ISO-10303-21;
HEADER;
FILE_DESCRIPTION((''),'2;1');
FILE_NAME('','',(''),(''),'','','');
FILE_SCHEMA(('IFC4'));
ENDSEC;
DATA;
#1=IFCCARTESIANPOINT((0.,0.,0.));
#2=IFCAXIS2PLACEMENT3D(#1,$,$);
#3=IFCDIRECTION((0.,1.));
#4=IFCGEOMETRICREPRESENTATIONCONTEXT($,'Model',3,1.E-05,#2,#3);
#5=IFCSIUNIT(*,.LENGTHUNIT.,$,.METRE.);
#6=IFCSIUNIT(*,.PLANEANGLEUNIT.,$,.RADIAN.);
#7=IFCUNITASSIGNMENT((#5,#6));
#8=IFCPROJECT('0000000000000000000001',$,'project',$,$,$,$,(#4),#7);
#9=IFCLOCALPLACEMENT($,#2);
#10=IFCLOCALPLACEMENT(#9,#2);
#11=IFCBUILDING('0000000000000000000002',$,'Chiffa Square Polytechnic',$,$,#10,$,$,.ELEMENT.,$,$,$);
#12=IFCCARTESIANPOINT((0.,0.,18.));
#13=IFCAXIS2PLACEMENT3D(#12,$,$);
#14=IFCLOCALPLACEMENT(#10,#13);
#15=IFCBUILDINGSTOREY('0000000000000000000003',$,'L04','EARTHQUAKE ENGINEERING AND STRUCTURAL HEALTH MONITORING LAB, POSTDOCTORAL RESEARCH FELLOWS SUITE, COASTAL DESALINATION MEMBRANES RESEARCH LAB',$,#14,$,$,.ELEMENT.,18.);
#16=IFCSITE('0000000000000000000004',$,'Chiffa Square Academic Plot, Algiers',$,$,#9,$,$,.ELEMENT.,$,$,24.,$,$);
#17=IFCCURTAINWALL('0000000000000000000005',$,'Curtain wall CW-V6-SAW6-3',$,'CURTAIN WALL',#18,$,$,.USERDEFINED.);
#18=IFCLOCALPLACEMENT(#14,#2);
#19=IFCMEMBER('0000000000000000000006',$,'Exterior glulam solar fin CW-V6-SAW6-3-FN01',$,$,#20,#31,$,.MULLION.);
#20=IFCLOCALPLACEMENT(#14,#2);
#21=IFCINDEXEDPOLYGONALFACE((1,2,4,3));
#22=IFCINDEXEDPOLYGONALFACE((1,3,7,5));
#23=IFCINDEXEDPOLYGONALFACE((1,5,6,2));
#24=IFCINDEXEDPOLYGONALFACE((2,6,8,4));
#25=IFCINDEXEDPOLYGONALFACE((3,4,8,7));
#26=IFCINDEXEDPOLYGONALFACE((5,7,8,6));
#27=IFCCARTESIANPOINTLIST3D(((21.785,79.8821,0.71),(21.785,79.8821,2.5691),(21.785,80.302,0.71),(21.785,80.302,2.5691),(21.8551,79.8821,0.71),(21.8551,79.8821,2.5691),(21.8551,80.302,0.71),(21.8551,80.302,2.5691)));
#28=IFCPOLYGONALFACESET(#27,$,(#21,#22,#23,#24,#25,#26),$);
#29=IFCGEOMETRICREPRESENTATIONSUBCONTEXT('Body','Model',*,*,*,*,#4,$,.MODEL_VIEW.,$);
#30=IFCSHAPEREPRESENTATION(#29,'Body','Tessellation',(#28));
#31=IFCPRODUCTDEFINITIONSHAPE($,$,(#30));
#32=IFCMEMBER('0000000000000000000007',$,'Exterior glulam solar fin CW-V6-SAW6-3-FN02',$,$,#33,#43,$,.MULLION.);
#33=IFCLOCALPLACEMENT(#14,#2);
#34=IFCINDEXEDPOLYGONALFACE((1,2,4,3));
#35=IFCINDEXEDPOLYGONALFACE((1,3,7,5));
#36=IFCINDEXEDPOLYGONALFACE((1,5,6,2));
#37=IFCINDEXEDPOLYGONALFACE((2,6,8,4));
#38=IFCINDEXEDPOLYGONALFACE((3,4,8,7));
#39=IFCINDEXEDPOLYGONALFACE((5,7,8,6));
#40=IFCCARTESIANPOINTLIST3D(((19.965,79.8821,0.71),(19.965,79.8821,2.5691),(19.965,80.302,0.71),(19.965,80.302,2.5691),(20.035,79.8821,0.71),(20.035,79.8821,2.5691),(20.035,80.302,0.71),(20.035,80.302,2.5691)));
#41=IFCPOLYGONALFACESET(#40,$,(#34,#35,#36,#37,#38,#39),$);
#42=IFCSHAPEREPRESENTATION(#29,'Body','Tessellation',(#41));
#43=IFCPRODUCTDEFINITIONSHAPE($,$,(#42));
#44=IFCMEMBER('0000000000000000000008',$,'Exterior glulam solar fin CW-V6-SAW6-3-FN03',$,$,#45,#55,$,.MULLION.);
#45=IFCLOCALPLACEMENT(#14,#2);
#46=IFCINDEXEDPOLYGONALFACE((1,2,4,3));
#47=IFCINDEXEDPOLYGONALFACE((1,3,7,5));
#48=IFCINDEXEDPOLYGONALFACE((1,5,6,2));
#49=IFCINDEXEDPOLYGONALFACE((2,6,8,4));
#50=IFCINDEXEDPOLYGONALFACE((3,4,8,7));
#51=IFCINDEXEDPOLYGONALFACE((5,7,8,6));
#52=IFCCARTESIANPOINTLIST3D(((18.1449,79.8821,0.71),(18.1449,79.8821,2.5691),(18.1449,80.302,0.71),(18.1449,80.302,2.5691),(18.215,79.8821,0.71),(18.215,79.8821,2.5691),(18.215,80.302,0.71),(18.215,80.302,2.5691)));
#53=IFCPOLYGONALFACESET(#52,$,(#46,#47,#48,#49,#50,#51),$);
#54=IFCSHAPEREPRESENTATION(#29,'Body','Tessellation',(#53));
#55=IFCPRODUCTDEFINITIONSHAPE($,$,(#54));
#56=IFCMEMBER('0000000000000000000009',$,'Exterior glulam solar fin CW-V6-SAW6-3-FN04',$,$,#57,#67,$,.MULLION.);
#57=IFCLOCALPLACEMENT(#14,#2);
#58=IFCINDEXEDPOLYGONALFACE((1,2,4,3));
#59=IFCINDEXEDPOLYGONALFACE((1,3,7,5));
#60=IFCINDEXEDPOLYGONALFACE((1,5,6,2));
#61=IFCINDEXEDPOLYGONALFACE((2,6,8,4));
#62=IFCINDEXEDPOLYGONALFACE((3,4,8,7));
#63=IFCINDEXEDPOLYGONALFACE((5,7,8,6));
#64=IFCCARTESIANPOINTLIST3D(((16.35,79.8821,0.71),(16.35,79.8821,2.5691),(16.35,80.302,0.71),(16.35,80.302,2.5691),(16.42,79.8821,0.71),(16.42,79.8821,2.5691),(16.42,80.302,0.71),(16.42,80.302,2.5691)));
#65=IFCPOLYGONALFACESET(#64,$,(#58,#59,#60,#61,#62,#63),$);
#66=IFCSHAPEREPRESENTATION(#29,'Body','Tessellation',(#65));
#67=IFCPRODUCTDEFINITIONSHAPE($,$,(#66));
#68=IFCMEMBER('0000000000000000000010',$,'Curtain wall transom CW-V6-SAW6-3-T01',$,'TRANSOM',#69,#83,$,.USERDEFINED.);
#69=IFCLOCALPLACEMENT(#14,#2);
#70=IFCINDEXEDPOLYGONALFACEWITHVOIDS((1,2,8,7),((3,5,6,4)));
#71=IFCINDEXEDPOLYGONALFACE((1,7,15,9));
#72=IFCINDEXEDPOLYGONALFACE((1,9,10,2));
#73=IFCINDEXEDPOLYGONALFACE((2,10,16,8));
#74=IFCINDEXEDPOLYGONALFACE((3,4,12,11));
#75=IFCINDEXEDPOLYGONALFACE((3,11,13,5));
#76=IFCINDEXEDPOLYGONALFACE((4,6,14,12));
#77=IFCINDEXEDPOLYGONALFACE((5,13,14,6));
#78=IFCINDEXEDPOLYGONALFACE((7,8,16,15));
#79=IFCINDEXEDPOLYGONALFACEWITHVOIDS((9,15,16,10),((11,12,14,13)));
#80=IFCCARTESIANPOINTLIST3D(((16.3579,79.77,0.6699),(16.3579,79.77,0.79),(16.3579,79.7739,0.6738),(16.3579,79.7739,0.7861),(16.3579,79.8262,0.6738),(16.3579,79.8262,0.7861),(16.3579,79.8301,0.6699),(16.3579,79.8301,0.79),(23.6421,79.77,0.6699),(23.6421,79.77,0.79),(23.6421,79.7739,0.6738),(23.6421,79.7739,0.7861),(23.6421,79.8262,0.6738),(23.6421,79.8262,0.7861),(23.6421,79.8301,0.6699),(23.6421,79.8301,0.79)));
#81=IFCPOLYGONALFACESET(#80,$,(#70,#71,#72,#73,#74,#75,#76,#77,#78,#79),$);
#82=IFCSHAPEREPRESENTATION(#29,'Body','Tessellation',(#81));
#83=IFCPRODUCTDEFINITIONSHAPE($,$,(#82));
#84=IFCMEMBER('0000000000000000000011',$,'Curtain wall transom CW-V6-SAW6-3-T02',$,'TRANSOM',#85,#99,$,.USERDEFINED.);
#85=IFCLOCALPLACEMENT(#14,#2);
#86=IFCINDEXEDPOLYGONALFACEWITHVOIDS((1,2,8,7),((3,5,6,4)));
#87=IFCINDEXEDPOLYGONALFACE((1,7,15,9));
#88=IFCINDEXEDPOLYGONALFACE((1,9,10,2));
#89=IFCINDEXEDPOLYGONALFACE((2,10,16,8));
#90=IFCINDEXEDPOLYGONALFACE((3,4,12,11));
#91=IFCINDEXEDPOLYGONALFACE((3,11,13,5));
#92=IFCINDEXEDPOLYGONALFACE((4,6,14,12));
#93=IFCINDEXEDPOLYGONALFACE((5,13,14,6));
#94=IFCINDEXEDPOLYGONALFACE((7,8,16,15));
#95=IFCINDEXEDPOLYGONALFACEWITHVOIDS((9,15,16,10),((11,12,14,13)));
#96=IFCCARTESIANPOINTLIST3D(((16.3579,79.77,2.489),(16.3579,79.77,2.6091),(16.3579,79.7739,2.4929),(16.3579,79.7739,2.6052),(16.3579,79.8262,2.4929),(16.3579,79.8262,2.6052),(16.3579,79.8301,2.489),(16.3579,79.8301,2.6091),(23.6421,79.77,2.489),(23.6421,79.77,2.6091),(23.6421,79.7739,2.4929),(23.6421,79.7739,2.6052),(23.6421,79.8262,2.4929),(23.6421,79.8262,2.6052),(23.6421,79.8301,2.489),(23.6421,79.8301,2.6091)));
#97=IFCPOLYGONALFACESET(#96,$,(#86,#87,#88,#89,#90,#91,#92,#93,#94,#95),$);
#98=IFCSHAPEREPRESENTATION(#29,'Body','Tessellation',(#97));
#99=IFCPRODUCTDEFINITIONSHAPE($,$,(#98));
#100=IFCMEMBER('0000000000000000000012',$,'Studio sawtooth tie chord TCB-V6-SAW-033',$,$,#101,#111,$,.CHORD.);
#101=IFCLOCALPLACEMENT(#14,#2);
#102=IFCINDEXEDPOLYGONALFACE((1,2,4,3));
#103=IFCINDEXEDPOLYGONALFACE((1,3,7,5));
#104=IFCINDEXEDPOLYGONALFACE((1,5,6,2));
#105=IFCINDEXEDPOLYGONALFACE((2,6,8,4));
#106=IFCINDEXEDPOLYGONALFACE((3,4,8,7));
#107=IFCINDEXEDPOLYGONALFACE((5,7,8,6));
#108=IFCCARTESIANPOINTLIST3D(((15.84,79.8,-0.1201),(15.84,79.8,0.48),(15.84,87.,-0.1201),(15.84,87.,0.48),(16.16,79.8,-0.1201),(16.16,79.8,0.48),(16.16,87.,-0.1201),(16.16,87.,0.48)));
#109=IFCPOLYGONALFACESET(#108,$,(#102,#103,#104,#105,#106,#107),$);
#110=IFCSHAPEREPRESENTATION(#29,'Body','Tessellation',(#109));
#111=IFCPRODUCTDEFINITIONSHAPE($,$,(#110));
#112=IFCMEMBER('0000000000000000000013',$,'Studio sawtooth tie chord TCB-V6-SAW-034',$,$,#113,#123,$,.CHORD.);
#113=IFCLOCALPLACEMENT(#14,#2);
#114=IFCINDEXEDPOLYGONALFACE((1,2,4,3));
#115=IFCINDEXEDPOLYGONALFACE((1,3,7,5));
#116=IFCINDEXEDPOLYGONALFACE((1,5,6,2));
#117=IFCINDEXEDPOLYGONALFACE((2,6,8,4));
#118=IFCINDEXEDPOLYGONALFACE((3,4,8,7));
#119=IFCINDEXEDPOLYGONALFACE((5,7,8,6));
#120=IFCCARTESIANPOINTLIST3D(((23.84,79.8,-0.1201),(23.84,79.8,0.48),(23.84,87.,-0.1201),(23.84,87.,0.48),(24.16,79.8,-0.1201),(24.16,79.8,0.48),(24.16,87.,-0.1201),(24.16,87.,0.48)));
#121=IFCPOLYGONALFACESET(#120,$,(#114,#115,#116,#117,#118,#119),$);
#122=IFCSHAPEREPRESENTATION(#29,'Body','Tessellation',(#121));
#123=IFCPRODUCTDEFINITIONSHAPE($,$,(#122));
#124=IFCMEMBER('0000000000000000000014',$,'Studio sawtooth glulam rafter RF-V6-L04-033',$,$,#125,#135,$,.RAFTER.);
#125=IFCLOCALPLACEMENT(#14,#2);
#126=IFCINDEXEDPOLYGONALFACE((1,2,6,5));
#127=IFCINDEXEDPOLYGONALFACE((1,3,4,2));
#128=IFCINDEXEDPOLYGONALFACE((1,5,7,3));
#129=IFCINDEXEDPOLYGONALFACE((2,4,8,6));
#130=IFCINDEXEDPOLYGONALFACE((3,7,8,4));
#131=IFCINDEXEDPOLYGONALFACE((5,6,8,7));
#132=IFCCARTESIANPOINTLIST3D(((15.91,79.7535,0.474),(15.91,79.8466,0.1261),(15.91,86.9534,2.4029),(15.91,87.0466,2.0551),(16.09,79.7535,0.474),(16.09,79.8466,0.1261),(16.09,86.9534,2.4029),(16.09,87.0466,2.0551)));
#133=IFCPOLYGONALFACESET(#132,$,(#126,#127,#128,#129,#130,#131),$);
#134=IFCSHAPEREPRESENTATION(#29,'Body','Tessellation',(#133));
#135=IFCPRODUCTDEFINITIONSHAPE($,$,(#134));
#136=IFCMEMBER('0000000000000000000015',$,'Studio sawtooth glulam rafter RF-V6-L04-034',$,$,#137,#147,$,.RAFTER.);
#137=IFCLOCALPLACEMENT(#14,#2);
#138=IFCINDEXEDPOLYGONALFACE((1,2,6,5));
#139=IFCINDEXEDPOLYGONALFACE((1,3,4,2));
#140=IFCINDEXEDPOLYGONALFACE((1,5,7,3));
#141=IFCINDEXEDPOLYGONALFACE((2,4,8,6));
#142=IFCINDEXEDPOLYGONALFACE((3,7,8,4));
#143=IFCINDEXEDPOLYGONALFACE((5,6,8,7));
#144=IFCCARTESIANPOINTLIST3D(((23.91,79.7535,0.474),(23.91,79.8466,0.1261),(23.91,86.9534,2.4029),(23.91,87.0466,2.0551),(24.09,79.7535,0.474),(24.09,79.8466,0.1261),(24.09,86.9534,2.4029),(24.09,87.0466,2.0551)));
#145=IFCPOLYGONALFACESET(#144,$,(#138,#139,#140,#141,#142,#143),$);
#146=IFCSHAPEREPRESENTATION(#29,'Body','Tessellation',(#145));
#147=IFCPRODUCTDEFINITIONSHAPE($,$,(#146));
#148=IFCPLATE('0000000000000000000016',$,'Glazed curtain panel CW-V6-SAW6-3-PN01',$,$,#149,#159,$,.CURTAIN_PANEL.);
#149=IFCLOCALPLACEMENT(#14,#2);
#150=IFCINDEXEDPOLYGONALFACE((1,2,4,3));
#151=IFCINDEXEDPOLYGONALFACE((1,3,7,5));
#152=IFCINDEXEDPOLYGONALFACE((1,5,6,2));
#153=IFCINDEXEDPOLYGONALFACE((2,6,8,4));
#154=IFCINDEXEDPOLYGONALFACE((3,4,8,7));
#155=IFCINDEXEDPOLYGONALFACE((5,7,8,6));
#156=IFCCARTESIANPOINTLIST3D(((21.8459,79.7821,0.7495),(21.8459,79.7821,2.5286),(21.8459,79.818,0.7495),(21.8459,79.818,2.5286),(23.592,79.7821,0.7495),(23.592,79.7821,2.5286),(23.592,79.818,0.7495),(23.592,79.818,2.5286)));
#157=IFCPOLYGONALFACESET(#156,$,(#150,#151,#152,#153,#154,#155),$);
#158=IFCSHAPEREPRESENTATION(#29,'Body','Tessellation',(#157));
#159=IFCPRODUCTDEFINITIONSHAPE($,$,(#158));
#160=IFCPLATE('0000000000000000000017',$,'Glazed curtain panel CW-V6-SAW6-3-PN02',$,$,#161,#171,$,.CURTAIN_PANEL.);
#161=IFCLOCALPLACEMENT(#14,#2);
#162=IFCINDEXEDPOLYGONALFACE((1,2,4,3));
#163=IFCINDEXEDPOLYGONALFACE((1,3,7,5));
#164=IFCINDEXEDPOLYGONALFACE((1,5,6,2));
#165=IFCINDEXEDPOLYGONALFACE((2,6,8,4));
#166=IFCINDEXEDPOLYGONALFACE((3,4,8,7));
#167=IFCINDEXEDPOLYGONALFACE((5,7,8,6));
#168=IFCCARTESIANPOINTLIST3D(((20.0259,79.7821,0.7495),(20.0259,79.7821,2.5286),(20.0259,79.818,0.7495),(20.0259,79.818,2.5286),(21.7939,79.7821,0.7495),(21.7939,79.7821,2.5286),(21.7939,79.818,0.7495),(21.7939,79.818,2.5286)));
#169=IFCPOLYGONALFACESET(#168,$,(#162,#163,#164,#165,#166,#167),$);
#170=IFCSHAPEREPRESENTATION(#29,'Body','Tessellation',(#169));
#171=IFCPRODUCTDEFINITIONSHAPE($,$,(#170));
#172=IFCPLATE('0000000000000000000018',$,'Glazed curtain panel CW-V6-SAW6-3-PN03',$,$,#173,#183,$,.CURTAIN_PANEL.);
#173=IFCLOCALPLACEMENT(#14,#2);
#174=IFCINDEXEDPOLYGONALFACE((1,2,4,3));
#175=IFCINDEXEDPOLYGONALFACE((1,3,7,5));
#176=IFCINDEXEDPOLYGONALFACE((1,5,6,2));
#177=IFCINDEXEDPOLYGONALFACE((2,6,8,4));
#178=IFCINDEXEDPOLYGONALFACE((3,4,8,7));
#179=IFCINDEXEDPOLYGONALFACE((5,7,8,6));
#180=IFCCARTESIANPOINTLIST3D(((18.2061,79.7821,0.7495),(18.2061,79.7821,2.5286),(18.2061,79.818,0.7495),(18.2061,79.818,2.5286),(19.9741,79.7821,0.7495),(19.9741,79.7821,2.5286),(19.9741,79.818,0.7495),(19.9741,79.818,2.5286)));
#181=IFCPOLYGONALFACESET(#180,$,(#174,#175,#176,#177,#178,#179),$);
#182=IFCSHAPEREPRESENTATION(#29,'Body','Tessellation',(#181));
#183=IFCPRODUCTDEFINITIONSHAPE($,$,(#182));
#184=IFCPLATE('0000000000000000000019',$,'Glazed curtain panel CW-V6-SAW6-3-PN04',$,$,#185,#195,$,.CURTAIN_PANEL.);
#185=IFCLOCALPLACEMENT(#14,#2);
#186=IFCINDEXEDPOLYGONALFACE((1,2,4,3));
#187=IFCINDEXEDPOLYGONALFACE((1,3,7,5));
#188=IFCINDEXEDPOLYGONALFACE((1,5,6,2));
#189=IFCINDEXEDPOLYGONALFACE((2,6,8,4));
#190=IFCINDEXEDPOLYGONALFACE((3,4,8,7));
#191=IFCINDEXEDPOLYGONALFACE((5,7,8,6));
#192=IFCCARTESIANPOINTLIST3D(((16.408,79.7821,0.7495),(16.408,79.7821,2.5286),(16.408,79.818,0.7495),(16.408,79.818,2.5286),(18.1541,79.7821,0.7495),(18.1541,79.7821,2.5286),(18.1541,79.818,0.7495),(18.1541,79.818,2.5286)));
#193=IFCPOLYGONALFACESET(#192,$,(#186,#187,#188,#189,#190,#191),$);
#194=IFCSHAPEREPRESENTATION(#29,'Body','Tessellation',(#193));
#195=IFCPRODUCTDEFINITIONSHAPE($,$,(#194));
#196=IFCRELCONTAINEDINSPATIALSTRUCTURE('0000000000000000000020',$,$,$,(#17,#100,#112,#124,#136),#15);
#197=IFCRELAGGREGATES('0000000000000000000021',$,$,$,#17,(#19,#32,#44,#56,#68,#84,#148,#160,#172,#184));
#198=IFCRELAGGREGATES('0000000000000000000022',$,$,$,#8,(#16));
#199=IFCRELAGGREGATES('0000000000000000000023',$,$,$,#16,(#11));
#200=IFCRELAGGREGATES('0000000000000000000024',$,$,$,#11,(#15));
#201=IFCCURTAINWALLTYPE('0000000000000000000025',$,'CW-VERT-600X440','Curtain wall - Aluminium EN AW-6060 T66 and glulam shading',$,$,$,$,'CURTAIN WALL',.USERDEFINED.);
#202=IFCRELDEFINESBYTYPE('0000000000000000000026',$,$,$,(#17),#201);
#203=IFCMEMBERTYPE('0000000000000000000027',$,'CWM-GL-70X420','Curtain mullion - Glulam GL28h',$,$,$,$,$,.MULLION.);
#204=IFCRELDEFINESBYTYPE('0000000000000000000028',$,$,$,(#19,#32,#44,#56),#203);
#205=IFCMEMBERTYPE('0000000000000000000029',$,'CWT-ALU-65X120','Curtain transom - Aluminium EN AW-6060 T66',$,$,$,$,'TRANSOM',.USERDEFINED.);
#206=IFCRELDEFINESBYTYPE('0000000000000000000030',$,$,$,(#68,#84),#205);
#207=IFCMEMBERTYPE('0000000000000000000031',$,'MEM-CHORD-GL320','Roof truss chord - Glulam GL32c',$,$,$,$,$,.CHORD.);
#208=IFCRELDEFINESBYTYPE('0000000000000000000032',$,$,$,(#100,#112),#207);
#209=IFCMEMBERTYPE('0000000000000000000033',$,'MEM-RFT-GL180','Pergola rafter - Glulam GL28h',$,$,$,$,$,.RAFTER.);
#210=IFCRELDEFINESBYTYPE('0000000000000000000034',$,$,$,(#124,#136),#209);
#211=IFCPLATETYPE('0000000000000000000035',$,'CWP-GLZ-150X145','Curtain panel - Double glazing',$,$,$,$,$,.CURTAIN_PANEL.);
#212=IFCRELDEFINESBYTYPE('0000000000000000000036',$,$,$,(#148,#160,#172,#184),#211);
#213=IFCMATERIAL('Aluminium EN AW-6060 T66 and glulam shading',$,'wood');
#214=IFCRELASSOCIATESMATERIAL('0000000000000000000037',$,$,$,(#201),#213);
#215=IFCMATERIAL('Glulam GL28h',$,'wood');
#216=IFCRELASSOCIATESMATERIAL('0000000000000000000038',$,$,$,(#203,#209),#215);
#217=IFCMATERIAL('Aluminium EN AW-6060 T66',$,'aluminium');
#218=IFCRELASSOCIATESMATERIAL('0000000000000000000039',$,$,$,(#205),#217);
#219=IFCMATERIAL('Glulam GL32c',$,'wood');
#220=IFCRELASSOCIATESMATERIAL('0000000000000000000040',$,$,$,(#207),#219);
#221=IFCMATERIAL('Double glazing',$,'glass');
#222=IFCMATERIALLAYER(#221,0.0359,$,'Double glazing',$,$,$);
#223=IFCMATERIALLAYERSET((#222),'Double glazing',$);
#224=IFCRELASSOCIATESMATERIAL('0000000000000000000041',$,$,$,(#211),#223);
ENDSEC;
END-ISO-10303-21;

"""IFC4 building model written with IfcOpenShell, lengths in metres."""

from ifc_helpers import new_model, si_unit, direction, frame, origin, origin_2d, place, context, subcontext, project, spatial, rectangle, hollow_rectangle, extrude, material, layer, layer_set, material_profile, profile_set, type_object, element, aggregate, save


model = new_model("IFC4")

# Units and contexts
model_context = context("Model", 3, precision=1e-05, world=origin(), true_north=direction((0.0, 1.0)))
body_context = subcontext(model_context, "Body", "Model", "MODEL_VIEW")
ifc_project = project(units=[si_unit("LENGTHUNIT", "METRE"), si_unit("PLANEANGLEUNIT", "RADIAN")], contexts=[model_context])

# Site, building, storey
site_placement = place(None, origin())
site = spatial("IfcSite", under=ifc_project, at=site_placement, Name="Chiffa Square Academic Plot, Algiers", CompositionType="ELEMENT", RefElevation=24.0)
building_placement = place(site_placement, origin())
building = spatial("IfcBuilding", under=site, at=building_placement, Name="Chiffa Square Polytechnic", CompositionType="ELEMENT")
storey_placement = place(building_placement, frame((0.0, 0.0, 18.0)))
storey = spatial("IfcBuildingStorey", under=building, at=storey_placement, Name="L04", Description="EARTHQUAKE ENGINEERING AND STRUCTURAL HEALTH MONITORING LAB, POSTDOCTORAL RESEARCH FELLOWS SUITE, COASTAL DESALINATION MEMBRANES RESEARCH LAB", CompositionType="ELEMENT", Elevation=18.0)

# Shared definitions
ifc_material_1 = material(Name="Glulam GL32c", Category="wood")

# Curtain wall
ifc_material_2 = material(Name="Aluminium EN AW-6060 T66 and glulam shading", Category="wood")
curtain_wall_type_1 = type_object("IfcCurtainWallType", Name="CW-VERT-600X440", Description="Curtain wall - Aluminium EN AW-6060 T66 and glulam shading", ElementType="CURTAIN WALL", PredefinedType="USERDEFINED", material=ifc_material_2)
curtain_wall_1_placement = place(storey_placement, origin())
curtain_wall_1 = element("IfcCurtainWall", 1, at=curtain_wall_1_placement, inside=storey, type_object=curtain_wall_type_1, Name="Curtain wall CW-V6-SAW6-3", ObjectType="CURTAIN WALL", PredefinedType="USERDEFINED")
ifc_material_3 = material(Name="Aluminium EN AW-6060 T66", Category="aluminium")
ifc_material_4 = material(Name="Glulam GL28h", Category="wood")
ifc_material_profile_1 = material_profile(ifc_material_4, rectangle(XDim=0.0701, YDim=0.4199, at=origin_2d()), Name="GL28h 70x420")
ifc_profile_set_1 = profile_set([ifc_material_profile_1], Name="Glulam GL28h")
member_type_1 = type_object("IfcMemberType", Name="CWM-GL-70X420", Description="Curtain mullion - Glulam GL28h", PredefinedType="MULLION", material=ifc_profile_set_1)

# Members
member_1_placement = place(storey_placement, frame((21.8201, 80.092, 0.71), z_axis=(0.0, 0.0, 1.0), x_axis=(-1.0, 0.0, 0.0)))
member_1 = element("IfcMember", 2, at=member_1_placement, type_object=member_type_1, Name="Exterior glulam solar fin CW-V6-SAW6-3-FN01", PredefinedType="MULLION", context=body_context, shape_type="SweptSolid", body=[
    extrude(rectangle(XDim=0.0701, YDim=0.4199, at=origin_2d()), origin(), (0.0, 0.0, 1.0), 1.8591),
])
member_2_placement = place(storey_placement, frame((20.0, 80.092, 0.71), z_axis=(0.0, 0.0, 1.0), x_axis=(-1.0, 0.0, 0.0)))
member_2 = element("IfcMember", 3, at=member_2_placement, type_object=member_type_1, Name="Exterior glulam solar fin CW-V6-SAW6-3-FN02", PredefinedType="MULLION", context=body_context, shape_type="SweptSolid", body=[
    extrude(rectangle(XDim=0.0701, YDim=0.4199, at=origin_2d()), origin(), (0.0, 0.0, 1.0), 1.8591),
])
member_3_placement = place(storey_placement, frame((18.1799, 80.092, 0.71), z_axis=(0.0, 0.0, 1.0), x_axis=(-1.0, 0.0, 0.0)))
member_3 = element("IfcMember", 4, at=member_3_placement, type_object=member_type_1, Name="Exterior glulam solar fin CW-V6-SAW6-3-FN03", PredefinedType="MULLION", context=body_context, shape_type="SweptSolid", body=[
    extrude(rectangle(XDim=0.0701, YDim=0.4199, at=origin_2d()), origin(), (0.0, 0.0, 1.0), 1.8591),
])
member_4_placement = place(storey_placement, frame((16.385, 80.092, 0.71), z_axis=(0.0, 0.0, 1.0), x_axis=(-1.0, 0.0, 0.0)))
member_4 = element("IfcMember", 5, at=member_4_placement, type_object=member_type_1, Name="Exterior glulam solar fin CW-V6-SAW6-3-FN04", PredefinedType="MULLION", context=body_context, shape_type="SweptSolid", body=[
    extrude(rectangle(XDim=0.0701, YDim=0.4199, at=origin_2d()), origin(), (0.0, 0.0, 1.0), 1.8591),
])
ifc_material_profile_2 = material_profile(ifc_material_3, hollow_rectangle(XDim=0.0601, YDim=0.1201, WallThickness=0.0039, at=origin_2d()), Name="ALU 60x120x4")
ifc_profile_set_2 = profile_set([ifc_material_profile_2], Name="Aluminium EN AW-6060 T66")
member_type_2 = type_object("IfcMemberType", Name="CWT-ALU-65X120", Description="Curtain transom - Aluminium EN AW-6060 T66", ElementType="TRANSOM", PredefinedType="USERDEFINED", material=ifc_profile_set_2)
member_5_placement = place(storey_placement, frame((23.6421, 79.8, 0.73), z_axis=(-1.0, 0.0, 0.0), x_axis=(0.0, -1.0, 0.0)))
member_5 = element("IfcMember", 6, at=member_5_placement, type_object=member_type_2, Name="Curtain wall transom CW-V6-SAW6-3-T01", ObjectType="TRANSOM", PredefinedType="USERDEFINED", context=body_context, shape_type="SweptSolid", body=[
    extrude(hollow_rectangle(XDim=0.0601, YDim=0.1201, WallThickness=0.0039, at=origin_2d()), origin(), (0.0, 0.0, 1.0), 7.2842),
])
member_6_placement = place(storey_placement, frame((23.6421, 79.8, 2.5491), z_axis=(-1.0, 0.0, 0.0), x_axis=(0.0, -1.0, 0.0)))
member_6 = element("IfcMember", 7, at=member_6_placement, type_object=member_type_2, Name="Curtain wall transom CW-V6-SAW6-3-T02", ObjectType="TRANSOM", PredefinedType="USERDEFINED", context=body_context, shape_type="SweptSolid", body=[
    extrude(hollow_rectangle(XDim=0.0601, YDim=0.1201, WallThickness=0.0039, at=origin_2d()), origin(), (0.0, 0.0, 1.0), 7.2842),
])

# Members
ifc_material_profile_3 = material_profile(ifc_material_1, rectangle(XDim=0.3201, YDim=0.6001, at=origin_2d()), Name="GL32c 320x600")
ifc_profile_set_3 = profile_set([ifc_material_profile_3], Name="Glulam GL32c")
member_type_3 = type_object("IfcMemberType", Name="MEM-CHORD-GL320", Description="Roof truss chord - Glulam GL32c", PredefinedType="CHORD", material=ifc_profile_set_3)
for number, where, z_axis, x_axis, name in (
    (8, (16.0, 79.8, 0.1799), (0.0, 1.0, 0.0), (-1.0, 0.0, 0.0), "Studio sawtooth tie chord TCB-V6-SAW-033"),
    (9, (24.0, 79.8, 0.1799), (0.0, 1.0, 0.0), (-1.0, 0.0, 0.0), "Studio sawtooth tie chord TCB-V6-SAW-034"),
):
    element("IfcMember", number, at=place(storey_placement, frame(where, z_axis=z_axis, x_axis=x_axis)), inside=storey, type_object=member_type_3, Name=name, PredefinedType="CHORD", context=body_context, shape_type="SweptSolid", body=[
        extrude(rectangle(XDim=0.3201, YDim=0.6001, at=origin_2d()), origin(), (0.0, 0.0, 1.0), 7.2),
    ])
ifc_material_profile_4 = material_profile(ifc_material_4, rectangle(XDim=0.1799, YDim=0.3601, at=origin_2d()), Name="GL28h 180x360")
ifc_profile_set_4 = profile_set([ifc_material_profile_4], Name="Glulam GL28h")
member_type_4 = type_object("IfcMemberType", Name="MEM-RFT-GL180", Description="Pergola rafter - Glulam GL28h", PredefinedType="RAFTER", material=ifc_profile_set_4)
for number, where, z_axis, x_axis, name in (
    (10, (16.0, 79.8, 0.3), (0.0, 0.965935, 0.258786), (-1.0, 0.0, 0.0), "Studio sawtooth glulam rafter RF-V6-L04-033"),
    (11, (24.0, 79.8, 0.3), (0.0, 0.965935, 0.258786), (-1.0, 0.0, 0.0), "Studio sawtooth glulam rafter RF-V6-L04-034"),
):
    element("IfcMember", number, at=place(storey_placement, frame(where, z_axis=z_axis, x_axis=x_axis)), inside=storey, type_object=member_type_4, Name=name, PredefinedType="RAFTER", context=body_context, shape_type="SweptSolid", body=[
        extrude(rectangle(XDim=0.1799, YDim=0.3601, at=origin_2d()), origin(), (0.0, 0.0, 1.0), 7.4539),
    ])

# Plates
ifc_material_5 = material(Name="Double glazing", Category="glass")
ifc_layer_1 = layer(ifc_material_5, 0.0359, Name="Double glazing")
ifc_layer_set_1 = layer_set([ifc_layer_1], Name="Double glazing")
plate_type = type_object("IfcPlateType", Name="CWP-GLZ-150X145", Description="Curtain panel - Double glazing", PredefinedType="CURTAIN_PANEL", material=ifc_layer_set_1)
plate_1_placement = place(storey_placement, frame((22.719, 79.8, 0.7495), z_axis=(0.0, 0.0, 1.0), x_axis=(-1.0, 0.0, 0.0)))
plate_1 = element("IfcPlate", 12, at=plate_1_placement, type_object=plate_type, Name="Glazed curtain panel CW-V6-SAW6-3-PN01", PredefinedType="CURTAIN_PANEL", context=body_context, shape_type="SweptSolid", body=[
    extrude(rectangle(XDim=1.7461, YDim=0.0359, at=origin_2d()), origin(), (0.0, 0.0, 1.0), 1.7791),
])
plate_2_placement = place(storey_placement, frame((20.9099, 79.8, 0.7495), z_axis=(0.0, 0.0, 1.0), x_axis=(-1.0, 0.0, 0.0)))
plate_2 = element("IfcPlate", 13, at=plate_2_placement, type_object=plate_type, Name="Glazed curtain panel CW-V6-SAW6-3-PN02", PredefinedType="CURTAIN_PANEL", context=body_context, shape_type="SweptSolid", body=[
    extrude(rectangle(XDim=1.7681, YDim=0.0359, at=origin_2d()), origin(), (0.0, 0.0, 1.0), 1.7791),
])
plate_3_placement = place(storey_placement, frame((19.0901, 79.8, 0.7495), z_axis=(0.0, 0.0, 1.0), x_axis=(-1.0, 0.0, 0.0)))
plate_3 = element("IfcPlate", 14, at=plate_3_placement, type_object=plate_type, Name="Glazed curtain panel CW-V6-SAW6-3-PN03", PredefinedType="CURTAIN_PANEL", context=body_context, shape_type="SweptSolid", body=[
    extrude(rectangle(XDim=1.7681, YDim=0.0359, at=origin_2d()), origin(), (0.0, 0.0, 1.0), 1.7791),
])
plate_4_placement = place(storey_placement, frame((17.281, 79.8, 0.7495), z_axis=(0.0, 0.0, 1.0), x_axis=(-1.0, 0.0, 0.0)))
plate_4 = element("IfcPlate", 15, at=plate_4_placement, type_object=plate_type, Name="Glazed curtain panel CW-V6-SAW6-3-PN04", PredefinedType="CURTAIN_PANEL", context=body_context, shape_type="SweptSolid", body=[
    extrude(rectangle(XDim=1.7461, YDim=0.0359, at=origin_2d()), origin(), (0.0, 0.0, 1.0), 1.7791),
])
aggregate(curtain_wall_1, [member_1, member_2, member_3, member_4, member_5, member_6, plate_1, plate_2, plate_3, plate_4])

save(model, "model.ifc")
